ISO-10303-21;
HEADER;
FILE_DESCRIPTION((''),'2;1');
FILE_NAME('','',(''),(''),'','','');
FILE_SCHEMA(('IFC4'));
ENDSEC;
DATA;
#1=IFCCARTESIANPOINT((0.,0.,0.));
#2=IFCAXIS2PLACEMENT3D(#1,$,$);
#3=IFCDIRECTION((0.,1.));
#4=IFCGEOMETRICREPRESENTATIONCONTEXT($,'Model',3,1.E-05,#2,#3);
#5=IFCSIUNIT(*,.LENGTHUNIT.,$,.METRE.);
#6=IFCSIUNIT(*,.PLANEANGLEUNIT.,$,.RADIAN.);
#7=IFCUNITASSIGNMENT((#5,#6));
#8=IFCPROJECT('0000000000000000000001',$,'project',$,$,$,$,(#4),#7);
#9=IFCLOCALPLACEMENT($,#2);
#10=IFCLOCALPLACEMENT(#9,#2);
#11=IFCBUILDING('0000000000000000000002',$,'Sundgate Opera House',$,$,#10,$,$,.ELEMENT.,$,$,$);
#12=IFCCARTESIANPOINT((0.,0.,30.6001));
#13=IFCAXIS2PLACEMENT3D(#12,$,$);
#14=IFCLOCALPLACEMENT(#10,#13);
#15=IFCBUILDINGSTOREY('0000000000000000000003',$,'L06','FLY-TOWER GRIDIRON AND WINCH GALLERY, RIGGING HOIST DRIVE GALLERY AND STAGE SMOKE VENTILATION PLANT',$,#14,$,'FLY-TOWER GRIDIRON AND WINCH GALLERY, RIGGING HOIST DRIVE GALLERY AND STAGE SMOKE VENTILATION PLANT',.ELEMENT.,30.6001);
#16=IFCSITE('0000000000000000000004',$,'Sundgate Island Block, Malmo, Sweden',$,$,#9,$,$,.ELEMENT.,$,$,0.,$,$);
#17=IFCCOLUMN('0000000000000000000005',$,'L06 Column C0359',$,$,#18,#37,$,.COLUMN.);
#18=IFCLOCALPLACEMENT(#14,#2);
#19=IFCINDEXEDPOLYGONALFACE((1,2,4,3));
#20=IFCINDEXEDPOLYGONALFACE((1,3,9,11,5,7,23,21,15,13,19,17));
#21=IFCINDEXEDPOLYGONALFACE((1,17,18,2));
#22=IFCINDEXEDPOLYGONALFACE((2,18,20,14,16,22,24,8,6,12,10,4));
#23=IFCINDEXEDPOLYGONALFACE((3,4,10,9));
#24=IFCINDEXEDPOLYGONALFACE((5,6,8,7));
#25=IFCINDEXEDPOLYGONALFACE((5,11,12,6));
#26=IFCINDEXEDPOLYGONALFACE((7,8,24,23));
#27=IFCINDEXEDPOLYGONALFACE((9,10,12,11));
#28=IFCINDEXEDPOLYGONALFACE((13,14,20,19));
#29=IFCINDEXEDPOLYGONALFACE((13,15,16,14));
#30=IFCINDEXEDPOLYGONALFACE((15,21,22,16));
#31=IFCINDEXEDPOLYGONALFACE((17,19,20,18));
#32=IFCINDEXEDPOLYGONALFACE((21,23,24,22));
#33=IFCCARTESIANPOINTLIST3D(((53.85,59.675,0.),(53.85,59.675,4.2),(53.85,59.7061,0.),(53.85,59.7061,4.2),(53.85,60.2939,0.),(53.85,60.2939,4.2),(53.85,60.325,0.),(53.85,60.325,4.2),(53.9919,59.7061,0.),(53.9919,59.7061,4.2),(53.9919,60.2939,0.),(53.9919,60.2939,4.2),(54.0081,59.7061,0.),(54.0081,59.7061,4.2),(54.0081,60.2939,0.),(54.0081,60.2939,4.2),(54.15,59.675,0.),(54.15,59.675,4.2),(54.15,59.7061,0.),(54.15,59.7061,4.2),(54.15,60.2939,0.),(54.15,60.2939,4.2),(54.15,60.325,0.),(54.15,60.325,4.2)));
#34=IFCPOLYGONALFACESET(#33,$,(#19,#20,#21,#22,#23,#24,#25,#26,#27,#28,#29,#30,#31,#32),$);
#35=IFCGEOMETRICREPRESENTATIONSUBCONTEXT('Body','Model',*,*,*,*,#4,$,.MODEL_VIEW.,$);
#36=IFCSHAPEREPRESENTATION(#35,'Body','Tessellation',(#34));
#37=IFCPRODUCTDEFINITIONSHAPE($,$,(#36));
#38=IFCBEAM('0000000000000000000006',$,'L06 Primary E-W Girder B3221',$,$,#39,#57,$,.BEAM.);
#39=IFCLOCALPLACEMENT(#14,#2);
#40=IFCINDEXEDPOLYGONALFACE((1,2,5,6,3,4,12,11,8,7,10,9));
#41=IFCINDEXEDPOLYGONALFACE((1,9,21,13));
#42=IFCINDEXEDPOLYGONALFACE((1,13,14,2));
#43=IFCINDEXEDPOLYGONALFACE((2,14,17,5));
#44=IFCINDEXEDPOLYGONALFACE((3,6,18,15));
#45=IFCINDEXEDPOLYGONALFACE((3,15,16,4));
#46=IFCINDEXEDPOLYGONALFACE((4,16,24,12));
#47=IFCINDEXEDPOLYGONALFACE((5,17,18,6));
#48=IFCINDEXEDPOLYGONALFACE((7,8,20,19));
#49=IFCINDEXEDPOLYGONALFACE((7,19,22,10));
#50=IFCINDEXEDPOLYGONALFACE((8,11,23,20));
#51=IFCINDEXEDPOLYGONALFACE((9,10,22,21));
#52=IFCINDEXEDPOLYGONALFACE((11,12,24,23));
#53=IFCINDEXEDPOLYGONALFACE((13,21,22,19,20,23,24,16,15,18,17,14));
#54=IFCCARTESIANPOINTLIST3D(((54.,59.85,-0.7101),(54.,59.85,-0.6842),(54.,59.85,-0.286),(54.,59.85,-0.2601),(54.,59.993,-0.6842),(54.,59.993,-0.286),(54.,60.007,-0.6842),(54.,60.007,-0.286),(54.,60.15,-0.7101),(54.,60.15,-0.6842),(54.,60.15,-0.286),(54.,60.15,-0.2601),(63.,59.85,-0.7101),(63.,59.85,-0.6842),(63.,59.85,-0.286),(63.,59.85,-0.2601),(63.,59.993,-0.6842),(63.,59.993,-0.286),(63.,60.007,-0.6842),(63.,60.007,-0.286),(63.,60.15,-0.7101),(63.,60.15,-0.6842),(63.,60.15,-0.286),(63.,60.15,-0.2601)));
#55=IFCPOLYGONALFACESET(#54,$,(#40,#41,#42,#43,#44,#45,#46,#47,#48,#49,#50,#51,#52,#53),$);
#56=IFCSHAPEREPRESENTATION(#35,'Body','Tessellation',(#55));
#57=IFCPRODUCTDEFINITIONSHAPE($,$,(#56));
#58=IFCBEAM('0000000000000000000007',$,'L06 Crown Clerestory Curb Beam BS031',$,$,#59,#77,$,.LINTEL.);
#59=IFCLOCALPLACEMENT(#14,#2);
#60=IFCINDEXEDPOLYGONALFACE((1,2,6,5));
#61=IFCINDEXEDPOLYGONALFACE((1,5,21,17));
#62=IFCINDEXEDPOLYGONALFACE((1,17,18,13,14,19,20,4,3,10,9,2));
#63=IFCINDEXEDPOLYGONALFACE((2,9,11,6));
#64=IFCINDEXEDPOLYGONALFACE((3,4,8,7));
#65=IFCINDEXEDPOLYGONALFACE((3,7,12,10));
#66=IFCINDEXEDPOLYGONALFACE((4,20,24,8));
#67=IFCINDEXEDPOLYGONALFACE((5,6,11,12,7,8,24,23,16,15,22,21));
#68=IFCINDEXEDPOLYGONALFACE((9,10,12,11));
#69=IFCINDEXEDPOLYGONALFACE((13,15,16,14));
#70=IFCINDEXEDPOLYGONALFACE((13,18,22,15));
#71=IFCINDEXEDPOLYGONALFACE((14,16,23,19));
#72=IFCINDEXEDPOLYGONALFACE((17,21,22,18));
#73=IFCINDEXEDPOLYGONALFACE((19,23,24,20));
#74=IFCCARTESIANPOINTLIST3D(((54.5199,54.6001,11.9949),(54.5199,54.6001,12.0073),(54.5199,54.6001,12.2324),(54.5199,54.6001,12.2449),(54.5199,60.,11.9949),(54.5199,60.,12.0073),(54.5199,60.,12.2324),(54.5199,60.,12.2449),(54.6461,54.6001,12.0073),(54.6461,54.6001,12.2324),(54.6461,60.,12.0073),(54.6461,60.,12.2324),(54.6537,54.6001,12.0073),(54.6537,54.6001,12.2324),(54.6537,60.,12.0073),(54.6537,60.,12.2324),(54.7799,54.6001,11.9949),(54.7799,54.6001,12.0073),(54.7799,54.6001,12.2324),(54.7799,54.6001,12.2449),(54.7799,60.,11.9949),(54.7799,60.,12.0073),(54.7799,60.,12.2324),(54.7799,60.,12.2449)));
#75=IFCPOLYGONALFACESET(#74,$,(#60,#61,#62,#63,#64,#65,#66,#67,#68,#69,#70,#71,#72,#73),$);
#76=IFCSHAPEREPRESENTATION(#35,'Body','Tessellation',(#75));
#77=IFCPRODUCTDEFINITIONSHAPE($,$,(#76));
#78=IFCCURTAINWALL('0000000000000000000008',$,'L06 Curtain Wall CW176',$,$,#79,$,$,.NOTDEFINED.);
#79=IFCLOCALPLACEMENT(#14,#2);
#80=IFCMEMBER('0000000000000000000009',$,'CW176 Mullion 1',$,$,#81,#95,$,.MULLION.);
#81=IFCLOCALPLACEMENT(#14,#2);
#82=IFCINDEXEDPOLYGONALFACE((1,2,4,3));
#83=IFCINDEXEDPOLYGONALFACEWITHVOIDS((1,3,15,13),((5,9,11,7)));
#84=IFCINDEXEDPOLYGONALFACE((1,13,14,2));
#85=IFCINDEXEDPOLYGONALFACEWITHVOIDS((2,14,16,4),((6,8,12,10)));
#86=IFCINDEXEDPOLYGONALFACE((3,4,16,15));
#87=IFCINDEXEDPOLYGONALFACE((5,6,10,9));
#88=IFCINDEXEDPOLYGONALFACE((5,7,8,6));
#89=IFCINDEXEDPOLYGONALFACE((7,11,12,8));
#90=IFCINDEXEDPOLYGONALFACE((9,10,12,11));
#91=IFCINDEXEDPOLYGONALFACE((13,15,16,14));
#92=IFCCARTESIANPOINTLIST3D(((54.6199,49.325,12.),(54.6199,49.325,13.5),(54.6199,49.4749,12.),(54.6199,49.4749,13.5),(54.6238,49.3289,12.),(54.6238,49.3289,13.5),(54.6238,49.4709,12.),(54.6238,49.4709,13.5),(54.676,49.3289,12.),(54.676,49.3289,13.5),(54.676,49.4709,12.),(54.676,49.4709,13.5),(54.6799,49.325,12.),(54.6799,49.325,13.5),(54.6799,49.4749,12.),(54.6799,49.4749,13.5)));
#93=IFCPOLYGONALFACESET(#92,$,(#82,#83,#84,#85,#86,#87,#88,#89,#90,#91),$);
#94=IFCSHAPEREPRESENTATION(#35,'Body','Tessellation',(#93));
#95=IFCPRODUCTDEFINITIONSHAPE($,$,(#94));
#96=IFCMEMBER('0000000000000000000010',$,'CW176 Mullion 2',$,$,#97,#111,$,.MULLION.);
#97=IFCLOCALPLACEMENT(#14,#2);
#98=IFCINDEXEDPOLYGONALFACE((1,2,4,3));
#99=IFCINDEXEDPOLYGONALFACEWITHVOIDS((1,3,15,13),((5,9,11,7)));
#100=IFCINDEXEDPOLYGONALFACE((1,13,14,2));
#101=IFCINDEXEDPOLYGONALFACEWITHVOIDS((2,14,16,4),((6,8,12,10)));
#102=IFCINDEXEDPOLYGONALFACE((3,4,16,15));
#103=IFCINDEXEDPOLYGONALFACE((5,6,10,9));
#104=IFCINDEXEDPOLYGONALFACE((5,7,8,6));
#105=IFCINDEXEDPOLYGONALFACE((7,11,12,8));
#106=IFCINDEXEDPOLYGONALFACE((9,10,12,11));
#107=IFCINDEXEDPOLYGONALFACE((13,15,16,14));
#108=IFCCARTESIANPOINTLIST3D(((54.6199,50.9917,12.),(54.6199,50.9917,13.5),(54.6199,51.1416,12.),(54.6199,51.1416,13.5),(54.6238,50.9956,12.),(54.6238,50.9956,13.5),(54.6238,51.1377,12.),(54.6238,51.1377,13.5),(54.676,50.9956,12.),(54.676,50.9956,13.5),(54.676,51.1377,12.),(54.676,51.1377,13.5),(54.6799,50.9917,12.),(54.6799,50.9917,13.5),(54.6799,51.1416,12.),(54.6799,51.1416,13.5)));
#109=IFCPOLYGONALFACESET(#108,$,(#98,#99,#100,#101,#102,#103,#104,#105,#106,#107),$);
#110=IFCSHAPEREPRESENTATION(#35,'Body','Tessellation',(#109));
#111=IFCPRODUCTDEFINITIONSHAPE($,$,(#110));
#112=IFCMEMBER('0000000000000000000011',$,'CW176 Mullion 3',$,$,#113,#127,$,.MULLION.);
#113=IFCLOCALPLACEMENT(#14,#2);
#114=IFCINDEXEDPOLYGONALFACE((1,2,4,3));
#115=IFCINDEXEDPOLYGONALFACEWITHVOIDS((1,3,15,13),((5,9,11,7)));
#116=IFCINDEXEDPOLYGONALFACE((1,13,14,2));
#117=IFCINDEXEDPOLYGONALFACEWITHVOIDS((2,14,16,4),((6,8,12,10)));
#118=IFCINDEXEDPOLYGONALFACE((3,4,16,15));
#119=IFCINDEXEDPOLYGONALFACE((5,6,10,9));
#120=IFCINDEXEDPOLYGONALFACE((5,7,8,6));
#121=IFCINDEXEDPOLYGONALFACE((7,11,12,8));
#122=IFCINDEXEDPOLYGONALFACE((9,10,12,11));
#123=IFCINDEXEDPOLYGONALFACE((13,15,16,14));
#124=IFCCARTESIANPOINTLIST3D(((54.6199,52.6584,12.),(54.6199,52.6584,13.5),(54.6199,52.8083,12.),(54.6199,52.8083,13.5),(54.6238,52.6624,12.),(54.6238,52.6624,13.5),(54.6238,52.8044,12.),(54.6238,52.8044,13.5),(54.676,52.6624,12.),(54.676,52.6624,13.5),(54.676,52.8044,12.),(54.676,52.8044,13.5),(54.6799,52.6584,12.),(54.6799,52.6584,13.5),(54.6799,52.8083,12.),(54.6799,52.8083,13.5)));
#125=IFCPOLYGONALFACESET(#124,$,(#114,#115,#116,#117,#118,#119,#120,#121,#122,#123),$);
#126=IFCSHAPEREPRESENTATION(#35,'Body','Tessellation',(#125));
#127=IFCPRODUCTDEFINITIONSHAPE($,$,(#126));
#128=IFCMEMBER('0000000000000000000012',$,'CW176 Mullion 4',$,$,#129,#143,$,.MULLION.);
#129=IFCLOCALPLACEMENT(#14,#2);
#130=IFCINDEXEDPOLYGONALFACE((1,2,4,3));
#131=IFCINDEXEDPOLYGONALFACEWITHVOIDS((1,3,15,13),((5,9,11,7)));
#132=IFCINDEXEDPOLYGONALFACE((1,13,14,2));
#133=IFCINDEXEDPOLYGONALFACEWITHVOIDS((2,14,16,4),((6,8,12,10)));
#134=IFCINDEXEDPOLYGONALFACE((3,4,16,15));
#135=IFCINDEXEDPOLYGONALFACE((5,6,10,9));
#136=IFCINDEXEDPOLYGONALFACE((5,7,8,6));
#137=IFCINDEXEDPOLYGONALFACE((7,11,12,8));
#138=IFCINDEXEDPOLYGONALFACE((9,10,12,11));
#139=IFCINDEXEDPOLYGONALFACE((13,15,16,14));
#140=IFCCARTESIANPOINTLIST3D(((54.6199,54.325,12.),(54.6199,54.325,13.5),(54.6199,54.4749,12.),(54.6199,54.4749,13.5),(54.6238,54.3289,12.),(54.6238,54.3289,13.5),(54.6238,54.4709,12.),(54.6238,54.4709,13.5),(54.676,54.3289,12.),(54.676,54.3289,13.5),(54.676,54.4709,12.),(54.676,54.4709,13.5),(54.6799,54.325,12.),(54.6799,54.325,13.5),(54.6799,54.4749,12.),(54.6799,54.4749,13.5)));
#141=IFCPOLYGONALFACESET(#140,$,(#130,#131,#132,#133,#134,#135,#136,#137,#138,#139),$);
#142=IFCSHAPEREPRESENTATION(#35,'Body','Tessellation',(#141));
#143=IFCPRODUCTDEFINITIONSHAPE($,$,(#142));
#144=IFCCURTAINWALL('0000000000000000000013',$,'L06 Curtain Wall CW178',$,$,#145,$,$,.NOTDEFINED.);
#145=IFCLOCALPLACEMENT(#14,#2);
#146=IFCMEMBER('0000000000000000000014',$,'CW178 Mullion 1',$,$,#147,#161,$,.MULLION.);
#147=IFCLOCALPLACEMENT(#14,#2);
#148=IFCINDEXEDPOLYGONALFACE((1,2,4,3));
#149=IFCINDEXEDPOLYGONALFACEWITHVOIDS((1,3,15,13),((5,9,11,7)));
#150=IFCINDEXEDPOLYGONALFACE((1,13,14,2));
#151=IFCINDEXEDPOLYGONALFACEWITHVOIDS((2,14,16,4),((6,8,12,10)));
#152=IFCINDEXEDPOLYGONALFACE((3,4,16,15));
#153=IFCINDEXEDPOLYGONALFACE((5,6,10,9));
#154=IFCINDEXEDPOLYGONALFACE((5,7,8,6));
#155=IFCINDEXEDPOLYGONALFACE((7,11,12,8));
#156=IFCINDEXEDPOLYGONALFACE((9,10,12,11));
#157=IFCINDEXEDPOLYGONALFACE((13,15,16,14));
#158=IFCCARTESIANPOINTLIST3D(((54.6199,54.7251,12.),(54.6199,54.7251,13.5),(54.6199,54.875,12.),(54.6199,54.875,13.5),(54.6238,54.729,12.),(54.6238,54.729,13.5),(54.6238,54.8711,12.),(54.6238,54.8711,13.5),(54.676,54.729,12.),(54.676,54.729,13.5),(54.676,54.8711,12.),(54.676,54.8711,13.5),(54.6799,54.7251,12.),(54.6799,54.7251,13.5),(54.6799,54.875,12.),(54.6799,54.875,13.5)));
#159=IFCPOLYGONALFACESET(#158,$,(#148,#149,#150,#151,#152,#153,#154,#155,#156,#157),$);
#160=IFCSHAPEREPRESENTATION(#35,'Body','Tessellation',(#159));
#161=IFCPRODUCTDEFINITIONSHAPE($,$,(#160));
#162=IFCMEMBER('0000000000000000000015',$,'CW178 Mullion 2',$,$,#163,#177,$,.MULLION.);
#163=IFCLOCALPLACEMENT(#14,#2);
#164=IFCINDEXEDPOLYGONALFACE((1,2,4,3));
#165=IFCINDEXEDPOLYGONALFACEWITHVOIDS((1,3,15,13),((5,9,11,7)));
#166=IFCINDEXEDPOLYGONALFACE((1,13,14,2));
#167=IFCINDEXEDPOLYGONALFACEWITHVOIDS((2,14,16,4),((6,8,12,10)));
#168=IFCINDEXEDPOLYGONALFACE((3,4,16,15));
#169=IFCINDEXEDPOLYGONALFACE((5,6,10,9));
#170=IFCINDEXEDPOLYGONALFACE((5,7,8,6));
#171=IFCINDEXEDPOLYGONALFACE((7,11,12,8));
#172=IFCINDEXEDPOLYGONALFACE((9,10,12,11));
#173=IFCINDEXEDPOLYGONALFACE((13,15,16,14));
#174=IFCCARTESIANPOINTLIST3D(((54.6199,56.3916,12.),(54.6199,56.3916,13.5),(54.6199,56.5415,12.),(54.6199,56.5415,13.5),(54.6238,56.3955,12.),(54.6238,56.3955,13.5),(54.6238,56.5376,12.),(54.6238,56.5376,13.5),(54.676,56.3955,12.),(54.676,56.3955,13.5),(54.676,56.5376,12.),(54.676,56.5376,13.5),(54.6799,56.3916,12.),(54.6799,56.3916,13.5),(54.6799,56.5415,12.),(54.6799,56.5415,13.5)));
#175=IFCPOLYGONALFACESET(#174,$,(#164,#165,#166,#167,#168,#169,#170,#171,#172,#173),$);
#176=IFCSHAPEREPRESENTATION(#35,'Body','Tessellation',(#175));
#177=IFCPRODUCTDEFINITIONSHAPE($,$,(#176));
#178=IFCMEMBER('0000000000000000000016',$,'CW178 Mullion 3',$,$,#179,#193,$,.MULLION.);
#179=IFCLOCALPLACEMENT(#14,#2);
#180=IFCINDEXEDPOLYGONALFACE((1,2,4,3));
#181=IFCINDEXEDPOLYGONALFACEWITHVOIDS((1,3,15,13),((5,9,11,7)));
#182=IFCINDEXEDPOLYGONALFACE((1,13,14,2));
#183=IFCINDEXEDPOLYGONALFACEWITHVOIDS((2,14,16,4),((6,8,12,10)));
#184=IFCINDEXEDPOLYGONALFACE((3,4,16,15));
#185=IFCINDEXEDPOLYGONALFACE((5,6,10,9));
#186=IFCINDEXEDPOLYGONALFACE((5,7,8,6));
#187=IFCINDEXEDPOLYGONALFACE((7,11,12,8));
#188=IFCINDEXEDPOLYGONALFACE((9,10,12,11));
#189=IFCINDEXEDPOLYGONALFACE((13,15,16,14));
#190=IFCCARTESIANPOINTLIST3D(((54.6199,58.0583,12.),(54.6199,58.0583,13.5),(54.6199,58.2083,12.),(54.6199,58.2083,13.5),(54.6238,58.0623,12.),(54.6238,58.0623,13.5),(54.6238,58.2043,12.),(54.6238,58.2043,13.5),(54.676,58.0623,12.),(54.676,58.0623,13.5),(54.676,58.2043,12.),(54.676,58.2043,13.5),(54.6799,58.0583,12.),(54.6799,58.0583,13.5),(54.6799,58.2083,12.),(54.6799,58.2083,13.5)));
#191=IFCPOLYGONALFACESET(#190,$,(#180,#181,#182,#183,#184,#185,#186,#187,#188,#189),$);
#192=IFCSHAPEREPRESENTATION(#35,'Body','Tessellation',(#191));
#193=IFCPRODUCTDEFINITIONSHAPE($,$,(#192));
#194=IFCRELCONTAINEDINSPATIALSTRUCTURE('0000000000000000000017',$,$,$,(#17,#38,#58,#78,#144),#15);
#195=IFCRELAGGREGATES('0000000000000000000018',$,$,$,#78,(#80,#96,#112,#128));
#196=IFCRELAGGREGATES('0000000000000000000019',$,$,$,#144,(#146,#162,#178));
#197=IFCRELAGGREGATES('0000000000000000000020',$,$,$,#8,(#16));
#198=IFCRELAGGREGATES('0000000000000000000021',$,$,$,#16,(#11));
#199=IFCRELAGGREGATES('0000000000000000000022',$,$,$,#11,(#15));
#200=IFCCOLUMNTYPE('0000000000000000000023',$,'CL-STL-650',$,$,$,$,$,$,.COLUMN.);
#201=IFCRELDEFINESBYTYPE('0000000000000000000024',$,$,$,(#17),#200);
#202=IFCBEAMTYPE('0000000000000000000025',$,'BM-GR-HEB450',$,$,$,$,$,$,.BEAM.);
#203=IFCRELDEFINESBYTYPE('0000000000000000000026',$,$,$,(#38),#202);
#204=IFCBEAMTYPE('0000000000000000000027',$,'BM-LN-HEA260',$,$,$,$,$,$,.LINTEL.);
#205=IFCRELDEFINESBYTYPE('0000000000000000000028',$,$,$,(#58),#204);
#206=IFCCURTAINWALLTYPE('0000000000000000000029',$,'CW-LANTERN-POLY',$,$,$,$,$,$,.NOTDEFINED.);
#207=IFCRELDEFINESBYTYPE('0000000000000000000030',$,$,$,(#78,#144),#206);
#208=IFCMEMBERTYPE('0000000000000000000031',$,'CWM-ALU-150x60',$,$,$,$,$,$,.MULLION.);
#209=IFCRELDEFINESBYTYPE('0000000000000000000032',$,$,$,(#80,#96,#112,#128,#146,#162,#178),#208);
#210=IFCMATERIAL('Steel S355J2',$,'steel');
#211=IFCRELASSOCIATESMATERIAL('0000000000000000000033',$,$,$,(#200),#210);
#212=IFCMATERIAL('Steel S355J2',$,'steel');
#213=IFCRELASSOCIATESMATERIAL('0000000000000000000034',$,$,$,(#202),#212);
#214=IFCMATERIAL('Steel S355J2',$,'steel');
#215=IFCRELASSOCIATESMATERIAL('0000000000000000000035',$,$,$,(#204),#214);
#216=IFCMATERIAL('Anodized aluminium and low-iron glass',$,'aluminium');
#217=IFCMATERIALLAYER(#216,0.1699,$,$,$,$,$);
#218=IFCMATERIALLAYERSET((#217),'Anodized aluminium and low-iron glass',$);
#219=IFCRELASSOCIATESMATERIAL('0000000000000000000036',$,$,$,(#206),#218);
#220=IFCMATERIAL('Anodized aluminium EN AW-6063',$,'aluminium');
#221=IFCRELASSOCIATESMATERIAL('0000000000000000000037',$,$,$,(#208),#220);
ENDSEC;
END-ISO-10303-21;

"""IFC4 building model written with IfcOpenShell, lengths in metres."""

from ifc_helpers import new_model, si_unit, direction, frame, origin, origin_2d, place, context, subcontext, project, spatial, hollow_rectangle, i_section, extrude, material, layer, layer_set, material_profile, profile_set, type_object, element, aggregate, save


model = new_model("IFC4")

# Units and contexts
model_context = context("Model", 3, precision=1e-05, world=origin(), true_north=direction((0.0, 1.0)))
body_context = subcontext(model_context, "Body", "Model", "MODEL_VIEW")
ifc_project = project(units=[si_unit("LENGTHUNIT", "METRE"), si_unit("PLANEANGLEUNIT", "RADIAN")], contexts=[model_context])

# Site, building, storey
site_placement = place(None, origin())
site = spatial("IfcSite", under=ifc_project, at=site_placement, Name="Sundgate Island Block, Malmo, Sweden", CompositionType="ELEMENT", RefElevation=0.0)
building_placement = place(site_placement, origin())
building = spatial("IfcBuilding", under=site, at=building_placement, Name="Sundgate Opera House", CompositionType="ELEMENT")
storey_placement = place(building_placement, frame((0.0, 0.0, 30.6001)))
storey = spatial("IfcBuildingStorey", under=building, at=storey_placement, Name="L06", Description="FLY-TOWER GRIDIRON AND WINCH GALLERY, RIGGING HOIST DRIVE GALLERY AND STAGE SMOKE VENTILATION PLANT", LongName="FLY-TOWER GRIDIRON AND WINCH GALLERY, RIGGING HOIST DRIVE GALLERY AND STAGE SMOKE VENTILATION PLANT", CompositionType="ELEMENT", Elevation=30.6001)

# Column
ifc_material_1 = material(Name="Steel S355J2", Category="steel")
ifc_material_profile_1 = material_profile(ifc_material_1, i_section(OverallWidth=0.3, OverallDepth=0.6499, WebThickness=0.0161, FlangeThickness=0.031, at=origin_2d()), Name="HEB 650")
ifc_profile_set_1 = profile_set([ifc_material_profile_1], Name="Steel S355J2")
column_type = type_object("IfcColumnType", Name="CL-STL-650", PredefinedType="COLUMN", material=ifc_profile_set_1)
column_placement = place(storey_placement, frame((54.0, 60.0, 0.0), z_axis=(0.0, 0.0, 1.0), x_axis=(1.0, 0.0, 0.0)))
element("IfcColumn", 1, at=column_placement, inside=storey, type_object=column_type, Name="L06 Column C0359", PredefinedType="COLUMN", context=body_context, shape_type="SweptSolid", body=[
    extrude(i_section(OverallWidth=0.3, OverallDepth=0.6499, WebThickness=0.0161, FlangeThickness=0.031, at=origin_2d()), origin(), (0.0, 0.0, 1.0), 4.2),
])

# Beams
ifc_material_2 = material(Name="Steel S355J2", Category="steel")
ifc_material_profile_2 = material_profile(ifc_material_2, i_section(OverallWidth=0.3, OverallDepth=0.45, WebThickness=0.0139, FlangeThickness=0.0259, at=origin_2d()), Name="HEB 450")
ifc_profile_set_2 = profile_set([ifc_material_profile_2], Name="Steel S355J2")
beam_type_1 = type_object("IfcBeamType", Name="BM-GR-HEB450", PredefinedType="BEAM", material=ifc_profile_set_2)
beam_1_placement = place(storey_placement, frame((54.0, 60.0, -0.4851), z_axis=(1.0, 0.0, 0.0), x_axis=(0.0, 1.0, 0.0)))
element("IfcBeam", 2, at=beam_1_placement, inside=storey, type_object=beam_type_1, Name="L06 Primary E-W Girder B3221", PredefinedType="BEAM", context=body_context, shape_type="SweptSolid", body=[
    extrude(i_section(OverallWidth=0.3, OverallDepth=0.45, WebThickness=0.0139, FlangeThickness=0.0259, at=origin_2d()), origin(), (0.0, 0.0, 1.0), 9.0),
])
ifc_material_3 = material(Name="Steel S355J2", Category="steel")
ifc_material_profile_3 = material_profile(ifc_material_3, i_section(OverallWidth=0.26, OverallDepth=0.25, WebThickness=0.0076, FlangeThickness=0.0125, at=origin_2d()), Name="HEA 260")
ifc_profile_set_3 = profile_set([ifc_material_profile_3], Name="Steel S355J2")
beam_type_2 = type_object("IfcBeamType", Name="BM-LN-HEA260", PredefinedType="LINTEL", material=ifc_profile_set_3)
beam_2_placement = place(storey_placement, frame((54.6499, 54.6001, 12.1199), z_axis=(0.0, 1.0, 0.0), x_axis=(-1.0, 0.0, 0.0)))
element("IfcBeam", 3, at=beam_2_placement, inside=storey, type_object=beam_type_2, Name="L06 Crown Clerestory Curb Beam BS031", PredefinedType="LINTEL", context=body_context, shape_type="SweptSolid", body=[
    extrude(i_section(OverallWidth=0.26, OverallDepth=0.25, WebThickness=0.0076, FlangeThickness=0.0125, at=origin_2d()), origin(), (0.0, 0.0, 1.0), 5.3999),
])

# Curtain walls, members
ifc_material_4 = material(Name="Anodized aluminium and low-iron glass", Category="aluminium")
ifc_layer_1 = layer(ifc_material_4, 0.1699)
ifc_layer_set_1 = layer_set([ifc_layer_1], Name="Anodized aluminium and low-iron glass")
curtain_wall_type = type_object("IfcCurtainWallType", Name="CW-LANTERN-POLY", PredefinedType="NOTDEFINED", material=ifc_layer_set_1)
curtain_wall_1_placement = place(storey_placement, origin())
curtain_wall_1 = element("IfcCurtainWall", 4, at=curtain_wall_1_placement, inside=storey, type_object=curtain_wall_type, Name="L06 Curtain Wall CW176", PredefinedType="NOTDEFINED")
ifc_material_5 = material(Name="Anodized aluminium EN AW-6063", Category="aluminium")
ifc_material_profile_4 = material_profile(ifc_material_5, hollow_rectangle(XDim=0.0601, YDim=0.1499, WallThickness=0.0039, at=origin_2d()), Name="CWM 150x60x4")
ifc_profile_set_4 = profile_set([ifc_material_profile_4], Name="Anodized aluminium EN AW-6063")
member_type_1 = type_object("IfcMemberType", Name="CWM-ALU-150x60", PredefinedType="MULLION", material=ifc_profile_set_4)
member_1_placement = place(storey_placement, frame((54.6499, 49.3999, 12.0), z_axis=(0.0, 0.0, 1.0), x_axis=(1.0, 0.0, 0.0)))
member_1 = element("IfcMember", 5, at=member_1_placement, type_object=member_type_1, Name="CW176 Mullion 1", PredefinedType="MULLION", context=body_context, shape_type="SweptSolid", body=[
    extrude(hollow_rectangle(XDim=0.0601, YDim=0.1499, WallThickness=0.0039, at=origin_2d()), origin(), (0.0, 0.0, 1.0), 1.5),
])
member_2_placement = place(storey_placement, frame((54.6499, 51.0667, 12.0), z_axis=(0.0, 0.0, 1.0), x_axis=(1.0, 0.0, 0.0)))
member_2 = element("IfcMember", 6, at=member_2_placement, type_object=member_type_1, Name="CW176 Mullion 2", PredefinedType="MULLION", context=body_context, shape_type="SweptSolid", body=[
    extrude(hollow_rectangle(XDim=0.0601, YDim=0.1499, WallThickness=0.0039, at=origin_2d()), origin(), (0.0, 0.0, 1.0), 1.5),
])
member_3_placement = place(storey_placement, frame((54.6499, 52.7334, 12.0), z_axis=(0.0, 0.0, 1.0), x_axis=(1.0, 0.0, 0.0)))
member_3 = element("IfcMember", 7, at=member_3_placement, type_object=member_type_1, Name="CW176 Mullion 3", PredefinedType="MULLION", context=body_context, shape_type="SweptSolid", body=[
    extrude(hollow_rectangle(XDim=0.0601, YDim=0.1499, WallThickness=0.0039, at=origin_2d()), origin(), (0.0, 0.0, 1.0), 1.5),
])
member_4_placement = place(storey_placement, frame((54.6499, 54.3999, 12.0), z_axis=(0.0, 0.0, 1.0), x_axis=(1.0, 0.0, 0.0)))
member_4 = element("IfcMember", 8, at=member_4_placement, type_object=member_type_1, Name="CW176 Mullion 4", PredefinedType="MULLION", context=body_context, shape_type="SweptSolid", body=[
    extrude(hollow_rectangle(XDim=0.0601, YDim=0.1499, WallThickness=0.0039, at=origin_2d()), origin(), (0.0, 0.0, 1.0), 1.5),
])
curtain_wall_2_placement = place(storey_placement, origin())
curtain_wall_2 = element("IfcCurtainWall", 9, at=curtain_wall_2_placement, inside=storey, type_object=curtain_wall_type, Name="L06 Curtain Wall CW178", PredefinedType="NOTDEFINED")
member_5_placement = place(storey_placement, frame((54.6499, 54.8, 12.0), z_axis=(0.0, 0.0, 1.0), x_axis=(1.0, 0.0, 0.0)))
member_5 = element("IfcMember", 10, at=member_5_placement, type_object=member_type_1, Name="CW178 Mullion 1", PredefinedType="MULLION", context=body_context, shape_type="SweptSolid", body=[
    extrude(hollow_rectangle(XDim=0.0601, YDim=0.1499, WallThickness=0.0039, at=origin_2d()), origin(), (0.0, 0.0, 1.0), 1.5),
])
member_6_placement = place(storey_placement, frame((54.6499, 56.4666, 12.0), z_axis=(0.0, 0.0, 1.0), x_axis=(1.0, 0.0, 0.0)))
member_6 = element("IfcMember", 11, at=member_6_placement, type_object=member_type_1, Name="CW178 Mullion 2", PredefinedType="MULLION", context=body_context, shape_type="SweptSolid", body=[
    extrude(hollow_rectangle(XDim=0.0601, YDim=0.1499, WallThickness=0.0039, at=origin_2d()), origin(), (0.0, 0.0, 1.0), 1.5),
])
member_7_placement = place(storey_placement, frame((54.6499, 58.1333, 12.0), z_axis=(0.0, 0.0, 1.0), x_axis=(1.0, 0.0, 0.0)))
member_7 = element("IfcMember", 12, at=member_7_placement, type_object=member_type_1, Name="CW178 Mullion 3", PredefinedType="MULLION", context=body_context, shape_type="SweptSolid", body=[
    extrude(hollow_rectangle(XDim=0.0601, YDim=0.1499, WallThickness=0.0039, at=origin_2d()), origin(), (0.0, 0.0, 1.0), 1.5),
])

aggregate(curtain_wall_1, [member_1, member_2, member_3, member_4])
aggregate(curtain_wall_2, [member_5, member_6, member_7])

save(model, "model.ifc")
